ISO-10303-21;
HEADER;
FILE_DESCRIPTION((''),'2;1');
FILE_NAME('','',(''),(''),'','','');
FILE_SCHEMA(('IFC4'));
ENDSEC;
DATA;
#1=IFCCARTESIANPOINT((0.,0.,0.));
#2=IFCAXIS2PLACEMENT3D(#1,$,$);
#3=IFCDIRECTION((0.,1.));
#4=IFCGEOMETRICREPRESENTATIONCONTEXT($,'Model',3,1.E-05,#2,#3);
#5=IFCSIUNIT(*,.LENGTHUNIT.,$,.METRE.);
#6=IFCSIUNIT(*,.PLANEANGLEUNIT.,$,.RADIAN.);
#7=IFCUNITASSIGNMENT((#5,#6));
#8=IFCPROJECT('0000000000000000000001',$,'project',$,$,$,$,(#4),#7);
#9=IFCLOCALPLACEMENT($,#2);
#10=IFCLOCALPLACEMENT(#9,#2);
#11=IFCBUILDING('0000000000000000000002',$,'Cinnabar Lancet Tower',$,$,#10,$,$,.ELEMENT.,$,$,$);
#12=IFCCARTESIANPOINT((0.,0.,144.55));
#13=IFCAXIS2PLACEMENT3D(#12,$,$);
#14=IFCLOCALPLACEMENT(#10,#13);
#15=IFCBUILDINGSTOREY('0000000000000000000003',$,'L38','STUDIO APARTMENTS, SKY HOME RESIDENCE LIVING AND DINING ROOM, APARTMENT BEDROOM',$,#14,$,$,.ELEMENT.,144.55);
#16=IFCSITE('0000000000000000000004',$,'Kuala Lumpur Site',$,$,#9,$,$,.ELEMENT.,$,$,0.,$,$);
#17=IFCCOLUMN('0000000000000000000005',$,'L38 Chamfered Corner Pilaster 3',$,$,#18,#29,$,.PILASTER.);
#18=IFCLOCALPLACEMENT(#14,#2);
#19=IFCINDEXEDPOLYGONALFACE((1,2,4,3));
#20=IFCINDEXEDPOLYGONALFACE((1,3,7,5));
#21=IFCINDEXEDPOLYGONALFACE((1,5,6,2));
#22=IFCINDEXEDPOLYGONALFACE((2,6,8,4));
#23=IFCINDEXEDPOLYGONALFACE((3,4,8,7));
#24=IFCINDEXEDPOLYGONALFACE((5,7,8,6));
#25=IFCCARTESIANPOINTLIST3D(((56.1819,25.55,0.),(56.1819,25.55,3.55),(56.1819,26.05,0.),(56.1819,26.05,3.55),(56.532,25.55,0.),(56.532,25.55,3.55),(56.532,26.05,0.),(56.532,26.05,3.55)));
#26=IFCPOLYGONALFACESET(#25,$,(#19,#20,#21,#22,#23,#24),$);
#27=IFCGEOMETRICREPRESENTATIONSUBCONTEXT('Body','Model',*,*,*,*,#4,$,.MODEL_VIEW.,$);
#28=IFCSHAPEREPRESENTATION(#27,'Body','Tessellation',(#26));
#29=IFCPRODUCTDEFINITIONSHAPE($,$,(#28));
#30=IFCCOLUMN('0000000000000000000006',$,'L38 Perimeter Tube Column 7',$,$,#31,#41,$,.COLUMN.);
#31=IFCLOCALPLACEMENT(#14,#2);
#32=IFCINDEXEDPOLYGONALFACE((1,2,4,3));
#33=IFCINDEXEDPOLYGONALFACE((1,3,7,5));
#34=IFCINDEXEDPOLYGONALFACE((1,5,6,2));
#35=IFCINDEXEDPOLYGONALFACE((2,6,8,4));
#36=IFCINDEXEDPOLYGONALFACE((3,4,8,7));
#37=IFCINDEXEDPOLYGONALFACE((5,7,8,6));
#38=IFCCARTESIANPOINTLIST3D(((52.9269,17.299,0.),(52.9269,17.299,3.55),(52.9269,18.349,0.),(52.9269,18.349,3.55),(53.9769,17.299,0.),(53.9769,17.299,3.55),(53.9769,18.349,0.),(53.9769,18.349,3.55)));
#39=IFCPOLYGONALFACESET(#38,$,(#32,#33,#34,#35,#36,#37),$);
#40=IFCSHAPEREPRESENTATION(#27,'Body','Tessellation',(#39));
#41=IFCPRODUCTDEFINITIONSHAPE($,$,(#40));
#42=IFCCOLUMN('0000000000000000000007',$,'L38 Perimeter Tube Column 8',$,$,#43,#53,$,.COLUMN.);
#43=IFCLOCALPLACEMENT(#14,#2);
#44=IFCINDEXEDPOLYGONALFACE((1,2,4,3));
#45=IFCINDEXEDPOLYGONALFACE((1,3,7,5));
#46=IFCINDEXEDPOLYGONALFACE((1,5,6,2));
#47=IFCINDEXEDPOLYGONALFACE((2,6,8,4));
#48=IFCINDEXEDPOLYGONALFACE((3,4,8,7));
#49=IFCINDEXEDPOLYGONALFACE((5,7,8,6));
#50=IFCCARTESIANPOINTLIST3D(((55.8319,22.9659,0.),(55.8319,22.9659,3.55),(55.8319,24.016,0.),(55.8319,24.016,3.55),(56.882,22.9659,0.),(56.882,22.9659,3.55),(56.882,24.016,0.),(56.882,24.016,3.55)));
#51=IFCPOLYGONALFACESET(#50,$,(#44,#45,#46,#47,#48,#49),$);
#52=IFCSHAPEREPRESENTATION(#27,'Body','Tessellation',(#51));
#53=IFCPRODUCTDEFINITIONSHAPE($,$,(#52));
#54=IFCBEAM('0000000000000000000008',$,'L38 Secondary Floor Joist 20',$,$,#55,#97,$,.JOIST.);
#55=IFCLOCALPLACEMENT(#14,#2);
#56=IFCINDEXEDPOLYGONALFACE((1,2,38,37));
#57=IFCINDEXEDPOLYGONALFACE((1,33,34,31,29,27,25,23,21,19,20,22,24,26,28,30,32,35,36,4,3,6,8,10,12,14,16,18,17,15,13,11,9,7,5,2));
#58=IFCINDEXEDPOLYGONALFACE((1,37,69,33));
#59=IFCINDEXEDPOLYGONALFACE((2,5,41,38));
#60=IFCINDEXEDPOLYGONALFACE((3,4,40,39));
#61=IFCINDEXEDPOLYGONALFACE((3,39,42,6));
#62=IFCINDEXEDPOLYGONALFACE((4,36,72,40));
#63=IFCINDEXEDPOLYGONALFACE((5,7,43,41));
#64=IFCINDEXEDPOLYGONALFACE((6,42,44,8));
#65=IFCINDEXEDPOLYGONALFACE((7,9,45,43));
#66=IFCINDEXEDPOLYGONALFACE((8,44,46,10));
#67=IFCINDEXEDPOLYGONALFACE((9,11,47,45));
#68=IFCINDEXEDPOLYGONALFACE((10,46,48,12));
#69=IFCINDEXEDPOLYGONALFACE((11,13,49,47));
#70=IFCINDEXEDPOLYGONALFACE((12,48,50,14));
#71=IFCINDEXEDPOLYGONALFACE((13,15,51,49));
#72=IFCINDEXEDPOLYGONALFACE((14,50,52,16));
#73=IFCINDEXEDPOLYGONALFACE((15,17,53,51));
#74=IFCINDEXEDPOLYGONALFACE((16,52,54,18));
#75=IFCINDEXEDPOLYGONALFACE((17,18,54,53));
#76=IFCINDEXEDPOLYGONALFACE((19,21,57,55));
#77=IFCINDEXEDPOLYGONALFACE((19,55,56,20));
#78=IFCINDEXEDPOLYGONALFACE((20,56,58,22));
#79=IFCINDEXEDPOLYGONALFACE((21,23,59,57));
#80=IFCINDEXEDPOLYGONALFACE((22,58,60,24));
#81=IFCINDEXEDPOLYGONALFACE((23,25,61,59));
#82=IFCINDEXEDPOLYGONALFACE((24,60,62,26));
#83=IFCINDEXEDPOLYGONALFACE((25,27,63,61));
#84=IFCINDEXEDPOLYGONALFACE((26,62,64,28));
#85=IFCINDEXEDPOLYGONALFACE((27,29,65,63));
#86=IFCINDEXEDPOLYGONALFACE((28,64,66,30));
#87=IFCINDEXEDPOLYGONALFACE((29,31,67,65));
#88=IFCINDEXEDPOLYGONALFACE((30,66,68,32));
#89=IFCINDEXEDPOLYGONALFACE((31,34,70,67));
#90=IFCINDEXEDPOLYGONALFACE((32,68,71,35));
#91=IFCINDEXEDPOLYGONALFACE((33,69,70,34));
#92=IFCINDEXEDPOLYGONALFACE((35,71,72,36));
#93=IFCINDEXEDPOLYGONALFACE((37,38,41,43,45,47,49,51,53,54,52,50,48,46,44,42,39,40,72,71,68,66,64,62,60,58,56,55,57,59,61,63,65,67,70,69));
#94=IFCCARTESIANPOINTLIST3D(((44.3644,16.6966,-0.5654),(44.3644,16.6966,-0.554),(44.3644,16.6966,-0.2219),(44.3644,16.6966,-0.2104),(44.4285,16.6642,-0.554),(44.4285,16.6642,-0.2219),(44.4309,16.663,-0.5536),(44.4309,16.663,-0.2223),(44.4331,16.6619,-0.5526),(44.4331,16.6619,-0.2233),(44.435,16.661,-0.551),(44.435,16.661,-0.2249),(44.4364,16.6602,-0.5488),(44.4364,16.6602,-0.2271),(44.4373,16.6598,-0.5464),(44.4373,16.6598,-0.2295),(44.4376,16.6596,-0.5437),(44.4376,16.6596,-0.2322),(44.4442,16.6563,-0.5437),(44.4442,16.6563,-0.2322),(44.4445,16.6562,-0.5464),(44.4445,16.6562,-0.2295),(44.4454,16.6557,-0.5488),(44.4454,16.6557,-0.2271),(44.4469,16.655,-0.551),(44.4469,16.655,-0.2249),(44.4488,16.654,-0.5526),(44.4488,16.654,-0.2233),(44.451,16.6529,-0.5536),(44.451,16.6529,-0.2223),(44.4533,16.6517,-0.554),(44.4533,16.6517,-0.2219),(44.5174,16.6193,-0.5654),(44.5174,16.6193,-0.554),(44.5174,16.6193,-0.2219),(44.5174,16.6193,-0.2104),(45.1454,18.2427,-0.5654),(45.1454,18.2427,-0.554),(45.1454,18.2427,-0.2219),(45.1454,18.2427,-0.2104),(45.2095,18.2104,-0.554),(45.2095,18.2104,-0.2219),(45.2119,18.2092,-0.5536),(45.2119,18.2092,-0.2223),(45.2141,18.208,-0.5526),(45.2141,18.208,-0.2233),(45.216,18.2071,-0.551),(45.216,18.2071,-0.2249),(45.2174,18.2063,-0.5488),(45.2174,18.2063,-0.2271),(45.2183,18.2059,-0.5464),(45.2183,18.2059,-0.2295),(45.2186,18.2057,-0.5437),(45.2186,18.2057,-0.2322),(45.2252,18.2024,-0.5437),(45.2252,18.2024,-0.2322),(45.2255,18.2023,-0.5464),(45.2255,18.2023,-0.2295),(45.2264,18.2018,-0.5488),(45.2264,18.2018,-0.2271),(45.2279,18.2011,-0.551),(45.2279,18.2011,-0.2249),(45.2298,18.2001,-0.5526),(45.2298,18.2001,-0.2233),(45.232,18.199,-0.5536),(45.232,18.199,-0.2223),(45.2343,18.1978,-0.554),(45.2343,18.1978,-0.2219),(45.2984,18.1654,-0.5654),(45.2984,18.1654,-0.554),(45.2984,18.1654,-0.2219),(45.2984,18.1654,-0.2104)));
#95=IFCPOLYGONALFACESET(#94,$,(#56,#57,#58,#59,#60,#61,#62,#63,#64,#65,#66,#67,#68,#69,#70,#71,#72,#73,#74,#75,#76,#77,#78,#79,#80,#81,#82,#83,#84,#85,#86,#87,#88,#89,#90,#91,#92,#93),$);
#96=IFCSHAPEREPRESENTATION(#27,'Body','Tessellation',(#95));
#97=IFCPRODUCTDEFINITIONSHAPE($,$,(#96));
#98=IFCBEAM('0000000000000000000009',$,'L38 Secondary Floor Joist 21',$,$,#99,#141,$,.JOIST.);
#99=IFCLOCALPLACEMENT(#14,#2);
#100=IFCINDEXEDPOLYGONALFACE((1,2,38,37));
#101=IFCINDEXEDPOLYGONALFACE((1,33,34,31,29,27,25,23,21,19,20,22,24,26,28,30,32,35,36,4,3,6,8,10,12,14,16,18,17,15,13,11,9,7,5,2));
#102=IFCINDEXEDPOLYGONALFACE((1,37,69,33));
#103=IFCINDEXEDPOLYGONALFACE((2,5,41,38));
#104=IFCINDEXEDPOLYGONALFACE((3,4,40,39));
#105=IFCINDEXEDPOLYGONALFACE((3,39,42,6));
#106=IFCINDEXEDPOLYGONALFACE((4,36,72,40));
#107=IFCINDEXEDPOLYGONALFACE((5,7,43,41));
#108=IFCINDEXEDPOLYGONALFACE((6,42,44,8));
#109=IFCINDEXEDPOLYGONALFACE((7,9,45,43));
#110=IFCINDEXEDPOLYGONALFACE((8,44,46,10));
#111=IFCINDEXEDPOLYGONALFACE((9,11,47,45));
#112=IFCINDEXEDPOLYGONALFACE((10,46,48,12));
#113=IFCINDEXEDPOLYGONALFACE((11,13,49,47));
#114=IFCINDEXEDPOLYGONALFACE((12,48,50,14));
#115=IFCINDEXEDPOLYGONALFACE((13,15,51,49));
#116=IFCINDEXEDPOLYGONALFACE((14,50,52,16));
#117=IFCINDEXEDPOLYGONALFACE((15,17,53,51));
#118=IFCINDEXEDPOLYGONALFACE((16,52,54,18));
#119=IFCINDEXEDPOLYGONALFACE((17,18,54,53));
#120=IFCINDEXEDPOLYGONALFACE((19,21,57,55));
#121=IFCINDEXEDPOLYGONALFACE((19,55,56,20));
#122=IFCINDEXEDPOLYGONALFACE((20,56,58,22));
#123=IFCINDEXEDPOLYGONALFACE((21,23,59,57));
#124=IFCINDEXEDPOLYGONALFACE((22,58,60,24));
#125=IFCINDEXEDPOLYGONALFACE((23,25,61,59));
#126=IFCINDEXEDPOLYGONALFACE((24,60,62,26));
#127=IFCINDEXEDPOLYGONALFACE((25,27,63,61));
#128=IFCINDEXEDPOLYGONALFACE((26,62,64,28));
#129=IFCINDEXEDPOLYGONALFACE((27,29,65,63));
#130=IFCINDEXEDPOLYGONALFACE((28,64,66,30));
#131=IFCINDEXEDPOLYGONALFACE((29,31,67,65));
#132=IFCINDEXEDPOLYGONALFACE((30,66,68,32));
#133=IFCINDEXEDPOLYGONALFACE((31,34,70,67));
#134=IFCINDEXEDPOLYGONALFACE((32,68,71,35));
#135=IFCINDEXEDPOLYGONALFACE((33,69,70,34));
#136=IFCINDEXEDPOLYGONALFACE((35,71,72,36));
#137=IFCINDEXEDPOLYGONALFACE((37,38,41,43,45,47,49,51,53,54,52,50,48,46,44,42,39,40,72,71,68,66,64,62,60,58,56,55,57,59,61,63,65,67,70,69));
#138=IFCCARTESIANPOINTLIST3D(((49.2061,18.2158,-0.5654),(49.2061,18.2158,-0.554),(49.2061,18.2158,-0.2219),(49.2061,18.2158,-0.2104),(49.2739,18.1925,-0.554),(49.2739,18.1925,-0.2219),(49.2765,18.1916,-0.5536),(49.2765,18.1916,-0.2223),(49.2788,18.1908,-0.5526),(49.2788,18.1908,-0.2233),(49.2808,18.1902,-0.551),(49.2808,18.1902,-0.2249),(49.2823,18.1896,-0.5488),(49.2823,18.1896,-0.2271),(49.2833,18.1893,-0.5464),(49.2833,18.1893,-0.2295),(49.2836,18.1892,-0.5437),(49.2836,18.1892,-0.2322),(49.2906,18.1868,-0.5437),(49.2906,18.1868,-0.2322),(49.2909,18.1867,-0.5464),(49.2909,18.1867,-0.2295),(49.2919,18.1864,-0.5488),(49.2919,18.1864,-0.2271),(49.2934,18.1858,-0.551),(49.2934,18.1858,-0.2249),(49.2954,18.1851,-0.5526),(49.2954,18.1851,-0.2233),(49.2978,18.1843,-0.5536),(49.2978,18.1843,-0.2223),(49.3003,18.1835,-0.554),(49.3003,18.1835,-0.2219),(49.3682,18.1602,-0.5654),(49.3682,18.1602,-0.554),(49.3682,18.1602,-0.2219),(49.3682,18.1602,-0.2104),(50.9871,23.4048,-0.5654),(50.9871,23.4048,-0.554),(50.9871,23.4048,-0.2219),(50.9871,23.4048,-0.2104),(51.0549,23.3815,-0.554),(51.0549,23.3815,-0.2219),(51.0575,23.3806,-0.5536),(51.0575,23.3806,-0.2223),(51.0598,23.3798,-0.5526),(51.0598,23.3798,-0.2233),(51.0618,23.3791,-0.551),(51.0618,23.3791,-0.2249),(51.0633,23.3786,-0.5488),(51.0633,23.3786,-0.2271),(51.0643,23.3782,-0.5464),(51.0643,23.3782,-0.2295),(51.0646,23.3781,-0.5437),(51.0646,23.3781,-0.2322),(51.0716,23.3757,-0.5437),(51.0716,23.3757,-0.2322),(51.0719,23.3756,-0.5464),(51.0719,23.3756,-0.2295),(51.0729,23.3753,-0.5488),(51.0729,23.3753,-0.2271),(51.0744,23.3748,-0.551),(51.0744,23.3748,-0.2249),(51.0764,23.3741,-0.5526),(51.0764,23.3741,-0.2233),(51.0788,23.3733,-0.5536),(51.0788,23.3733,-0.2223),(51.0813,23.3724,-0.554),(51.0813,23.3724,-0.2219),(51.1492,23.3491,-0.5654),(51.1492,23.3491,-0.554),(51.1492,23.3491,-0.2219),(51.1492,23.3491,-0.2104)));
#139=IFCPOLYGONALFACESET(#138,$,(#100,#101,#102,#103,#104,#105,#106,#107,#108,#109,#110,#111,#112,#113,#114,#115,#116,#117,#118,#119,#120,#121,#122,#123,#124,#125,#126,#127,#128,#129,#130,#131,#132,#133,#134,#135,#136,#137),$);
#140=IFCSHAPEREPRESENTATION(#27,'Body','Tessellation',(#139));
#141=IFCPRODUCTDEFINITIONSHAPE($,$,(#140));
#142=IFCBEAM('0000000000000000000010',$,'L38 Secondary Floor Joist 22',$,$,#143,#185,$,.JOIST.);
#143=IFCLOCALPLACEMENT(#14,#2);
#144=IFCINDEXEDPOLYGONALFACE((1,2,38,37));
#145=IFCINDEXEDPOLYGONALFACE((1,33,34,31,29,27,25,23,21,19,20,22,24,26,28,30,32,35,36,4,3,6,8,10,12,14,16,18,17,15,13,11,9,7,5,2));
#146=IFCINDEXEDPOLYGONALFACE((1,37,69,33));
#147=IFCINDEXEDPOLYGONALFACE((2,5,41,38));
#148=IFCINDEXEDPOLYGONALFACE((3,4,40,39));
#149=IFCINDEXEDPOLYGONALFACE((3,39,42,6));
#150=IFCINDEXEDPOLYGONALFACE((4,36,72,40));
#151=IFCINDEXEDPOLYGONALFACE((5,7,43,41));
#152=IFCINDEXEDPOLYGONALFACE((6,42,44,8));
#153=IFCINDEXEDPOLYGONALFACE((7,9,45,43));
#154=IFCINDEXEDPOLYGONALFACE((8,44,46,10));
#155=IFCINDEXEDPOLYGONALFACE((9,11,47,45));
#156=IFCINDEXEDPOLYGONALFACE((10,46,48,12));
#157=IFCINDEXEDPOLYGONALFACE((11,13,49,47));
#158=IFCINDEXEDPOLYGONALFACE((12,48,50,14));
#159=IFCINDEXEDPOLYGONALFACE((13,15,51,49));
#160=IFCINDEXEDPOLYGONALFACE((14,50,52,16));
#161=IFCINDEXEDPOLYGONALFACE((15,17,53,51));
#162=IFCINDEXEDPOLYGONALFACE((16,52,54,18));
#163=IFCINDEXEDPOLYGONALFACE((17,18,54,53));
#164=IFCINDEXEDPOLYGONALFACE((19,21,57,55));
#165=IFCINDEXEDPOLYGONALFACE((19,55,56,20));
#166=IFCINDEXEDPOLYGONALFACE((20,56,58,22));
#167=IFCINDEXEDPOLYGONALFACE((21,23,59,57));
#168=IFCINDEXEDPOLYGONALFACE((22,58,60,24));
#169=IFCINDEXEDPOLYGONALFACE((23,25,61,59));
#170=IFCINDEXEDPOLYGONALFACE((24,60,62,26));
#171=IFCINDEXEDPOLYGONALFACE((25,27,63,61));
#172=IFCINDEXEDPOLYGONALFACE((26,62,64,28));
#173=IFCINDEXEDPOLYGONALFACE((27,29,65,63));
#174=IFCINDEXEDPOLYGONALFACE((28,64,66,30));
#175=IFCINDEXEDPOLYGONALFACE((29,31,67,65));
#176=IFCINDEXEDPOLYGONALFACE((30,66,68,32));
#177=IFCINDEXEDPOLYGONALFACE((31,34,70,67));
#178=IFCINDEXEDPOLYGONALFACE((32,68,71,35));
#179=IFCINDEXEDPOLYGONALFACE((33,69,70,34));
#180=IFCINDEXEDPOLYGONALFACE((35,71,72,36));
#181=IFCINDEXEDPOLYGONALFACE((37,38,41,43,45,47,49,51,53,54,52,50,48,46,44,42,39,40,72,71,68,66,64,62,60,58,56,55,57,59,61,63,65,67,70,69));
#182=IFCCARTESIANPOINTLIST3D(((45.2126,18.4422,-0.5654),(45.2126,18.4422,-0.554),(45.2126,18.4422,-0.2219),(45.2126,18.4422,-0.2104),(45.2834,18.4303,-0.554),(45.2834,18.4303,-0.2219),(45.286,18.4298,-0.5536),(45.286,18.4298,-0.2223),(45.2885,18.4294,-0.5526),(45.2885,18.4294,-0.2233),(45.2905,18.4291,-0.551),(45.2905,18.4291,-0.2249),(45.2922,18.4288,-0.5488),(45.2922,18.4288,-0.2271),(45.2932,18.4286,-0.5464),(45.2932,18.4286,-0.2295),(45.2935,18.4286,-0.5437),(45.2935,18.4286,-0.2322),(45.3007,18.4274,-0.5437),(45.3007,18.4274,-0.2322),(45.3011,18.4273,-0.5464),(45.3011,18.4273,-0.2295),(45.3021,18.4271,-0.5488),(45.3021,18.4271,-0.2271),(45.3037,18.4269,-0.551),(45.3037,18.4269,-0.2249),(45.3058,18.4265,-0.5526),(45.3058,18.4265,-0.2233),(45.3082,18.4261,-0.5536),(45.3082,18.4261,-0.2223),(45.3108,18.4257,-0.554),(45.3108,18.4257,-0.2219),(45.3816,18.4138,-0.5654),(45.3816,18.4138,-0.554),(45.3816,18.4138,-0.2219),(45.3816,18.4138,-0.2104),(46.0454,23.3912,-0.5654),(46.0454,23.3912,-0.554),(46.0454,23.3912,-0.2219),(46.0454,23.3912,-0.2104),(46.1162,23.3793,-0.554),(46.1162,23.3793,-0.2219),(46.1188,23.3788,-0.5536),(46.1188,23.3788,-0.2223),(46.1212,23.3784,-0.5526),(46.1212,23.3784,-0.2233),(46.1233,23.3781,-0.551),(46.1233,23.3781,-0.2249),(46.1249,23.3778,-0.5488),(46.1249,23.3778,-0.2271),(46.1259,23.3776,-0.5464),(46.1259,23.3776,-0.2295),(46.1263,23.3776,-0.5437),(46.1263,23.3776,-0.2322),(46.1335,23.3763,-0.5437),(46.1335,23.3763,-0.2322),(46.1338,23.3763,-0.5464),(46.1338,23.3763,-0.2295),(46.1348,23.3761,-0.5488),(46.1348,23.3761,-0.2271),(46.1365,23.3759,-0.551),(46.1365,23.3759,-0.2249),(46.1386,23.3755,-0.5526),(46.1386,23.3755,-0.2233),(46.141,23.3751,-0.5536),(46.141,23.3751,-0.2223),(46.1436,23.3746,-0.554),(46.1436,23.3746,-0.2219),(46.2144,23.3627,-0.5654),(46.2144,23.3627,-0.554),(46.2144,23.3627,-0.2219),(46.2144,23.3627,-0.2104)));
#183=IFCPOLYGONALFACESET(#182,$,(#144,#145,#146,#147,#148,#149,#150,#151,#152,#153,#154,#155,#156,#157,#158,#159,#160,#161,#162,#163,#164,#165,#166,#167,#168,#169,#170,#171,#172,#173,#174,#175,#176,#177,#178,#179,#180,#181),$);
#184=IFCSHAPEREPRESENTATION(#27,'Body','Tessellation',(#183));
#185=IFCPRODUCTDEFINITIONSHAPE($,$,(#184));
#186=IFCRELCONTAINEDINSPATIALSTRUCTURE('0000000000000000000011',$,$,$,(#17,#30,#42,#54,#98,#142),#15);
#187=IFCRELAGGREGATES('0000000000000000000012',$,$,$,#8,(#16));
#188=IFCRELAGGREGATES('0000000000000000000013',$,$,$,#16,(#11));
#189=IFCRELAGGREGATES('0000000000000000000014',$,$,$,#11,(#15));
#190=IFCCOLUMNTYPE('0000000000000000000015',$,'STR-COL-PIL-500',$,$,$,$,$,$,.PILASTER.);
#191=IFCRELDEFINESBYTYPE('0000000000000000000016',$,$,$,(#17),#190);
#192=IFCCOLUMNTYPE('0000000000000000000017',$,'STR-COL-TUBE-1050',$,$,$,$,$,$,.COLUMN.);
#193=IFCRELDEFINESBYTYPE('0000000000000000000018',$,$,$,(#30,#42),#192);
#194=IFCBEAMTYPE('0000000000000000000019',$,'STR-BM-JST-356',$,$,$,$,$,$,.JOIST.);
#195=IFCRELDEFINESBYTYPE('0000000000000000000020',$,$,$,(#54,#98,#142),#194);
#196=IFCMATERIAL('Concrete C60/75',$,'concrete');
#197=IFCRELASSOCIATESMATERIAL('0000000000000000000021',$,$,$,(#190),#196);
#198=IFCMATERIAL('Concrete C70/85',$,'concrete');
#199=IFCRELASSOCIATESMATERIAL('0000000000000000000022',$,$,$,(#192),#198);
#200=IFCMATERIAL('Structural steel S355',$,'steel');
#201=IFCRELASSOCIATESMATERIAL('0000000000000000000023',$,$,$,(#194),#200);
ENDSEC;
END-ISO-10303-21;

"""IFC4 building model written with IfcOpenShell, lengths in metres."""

from ifc_helpers import new_model, si_unit, direction, frame, origin, origin_2d, place, context, subcontext, project, spatial, rectangle, i_section, extrude, material, material_profile, profile_set, type_object, element, save


model = new_model("IFC4")

# Units and contexts
model_context = context("Model", 3, precision=1e-05, world=origin(), true_north=direction((0.0, 1.0)))
body_context = subcontext(model_context, "Body", "Model", "MODEL_VIEW")
ifc_project = project(units=[si_unit("LENGTHUNIT", "METRE"), si_unit("PLANEANGLEUNIT", "RADIAN")], contexts=[model_context])

# Site, building, storey
site_placement = place(None, origin())
site = spatial("IfcSite", under=ifc_project, at=site_placement, Name="Kuala Lumpur Site", CompositionType="ELEMENT", RefElevation=0.0)
building_placement = place(site_placement, origin())
building = spatial("IfcBuilding", under=site, at=building_placement, Name="Cinnabar Lancet Tower", CompositionType="ELEMENT")
storey_placement = place(building_placement, frame((0.0, 0.0, 144.55)))
storey = spatial("IfcBuildingStorey", under=building, at=storey_placement, Name="L38", Description="STUDIO APARTMENTS, SKY HOME RESIDENCE LIVING AND DINING ROOM, APARTMENT BEDROOM", CompositionType="ELEMENT", Elevation=144.55)

# Columns
ifc_material_1 = material(Name="Concrete C60/75", Category="concrete")
ifc_material_profile_1 = material_profile(ifc_material_1, rectangle(XDim=0.5, YDim=0.3501, at=origin_2d()), Name="RC-PIL 500x350")
ifc_profile_set_1 = profile_set([ifc_material_profile_1], Name="Concrete C60/75")
column_type_1 = type_object("IfcColumnType", Name="STR-COL-PIL-500", PredefinedType="PILASTER", material=ifc_profile_set_1)
column_placement = place(storey_placement, frame((56.3569, 25.8, 0.0), z_axis=(0.0, 0.0, 1.0), x_axis=(0.0, 1.0, 0.0)))
element("IfcColumn", 1, at=column_placement, inside=storey, type_object=column_type_1, Name="L38 Chamfered Corner Pilaster 3", PredefinedType="PILASTER", context=body_context, shape_type="SweptSolid", body=[
    extrude(rectangle(XDim=0.5, YDim=0.3501, at=origin_2d()), origin(), (0.0, 0.0, 1.0), 3.55),
])
ifc_material_2 = material(Name="Concrete C70/85", Category="concrete")
ifc_material_profile_2 = material_profile(ifc_material_2, rectangle(XDim=1.05, YDim=1.05, at=origin_2d()), Name="RC-COL 1050x1050")
ifc_profile_set_2 = profile_set([ifc_material_profile_2], Name="Concrete C70/85")
column_type_2 = type_object("IfcColumnType", Name="STR-COL-TUBE-1050", PredefinedType="COLUMN", material=ifc_profile_set_2)
for number, where, z_axis, x_axis, name in (
    (2, (53.4519, 17.824, 0.0), (0.0, 0.0, 1.0), (1.0, 0.0, 0.0), "L38 Perimeter Tube Column 7"),
    (3, (56.3569, 23.491, 0.0), (0.0, 0.0, 1.0), (1.0, 0.0, 0.0), "L38 Perimeter Tube Column 8"),
):
    element("IfcColumn", number, at=place(storey_placement, frame(where, z_axis=z_axis, x_axis=x_axis)), inside=storey, type_object=column_type_2, Name=name, PredefinedType="COLUMN", context=body_context, shape_type="SweptSolid", body=[
        extrude(rectangle(XDim=1.05, YDim=1.05, at=origin_2d()), origin(), (0.0, 0.0, 1.0), 3.55),
    ])

# Beams
ifc_material_3 = material(Name="Structural steel S355", Category="steel")
ifc_material_profile_3 = material_profile(ifc_material_3, i_section(OverallWidth=0.1714, OverallDepth=0.355, WebThickness=0.0073, FlangeThickness=0.0115, FilletRadius=0.0103, at=origin_2d()), Name="UKB 356x171x51")
ifc_profile_set_3 = profile_set([ifc_material_profile_3], Name="Structural steel S355")
beam_type_1 = type_object("IfcBeamType", Name="STR-BM-JST-356", PredefinedType="JOIST", material=ifc_profile_set_3)
beam_1_placement = place(storey_placement, frame((44.4409, 16.658, -0.3879), z_axis=(0.450874, 0.892587, 0.0), x_axis=(-0.892587, 0.450874, 0.0)))
element("IfcBeam", 4, at=beam_1_placement, inside=storey, type_object=beam_type_1, Name="L38 Secondary Floor Joist 20", PredefinedType="JOIST", context=body_context, shape_type="SweptSolid", body=[
    extrude(i_section(OverallWidth=0.1714, OverallDepth=0.355, WebThickness=0.0073, FlangeThickness=0.0115, FilletRadius=0.0103, at=origin_2d()), origin(), (0.0, 0.0, 1.0), 1.7322),
])
beam_2_placement = place(storey_placement, frame((49.2871, 18.188, -0.3879), z_axis=(0.324639, 0.945838, 0.0), x_axis=(-0.945838, 0.324639, 0.0)))
element("IfcBeam", 5, at=beam_2_placement, inside=storey, type_object=beam_type_1, Name="L38 Secondary Floor Joist 21", PredefinedType="JOIST", context=body_context, shape_type="SweptSolid", body=[
    extrude(i_section(OverallWidth=0.1714, OverallDepth=0.355, WebThickness=0.0073, FlangeThickness=0.0115, FilletRadius=0.0103, at=origin_2d()), origin(), (0.0, 0.0, 1.0), 5.4861),
])
beam_3_placement = place(storey_placement, frame((45.2971, 18.428, -0.3879), z_axis=(0.165937, 0.986136, 0.0), x_axis=(-0.986136, 0.165937, 0.0)))
element("IfcBeam", 6, at=beam_3_placement, inside=storey, type_object=beam_type_1, Name="L38 Secondary Floor Joist 22", PredefinedType="JOIST", context=body_context, shape_type="SweptSolid", body=[
    extrude(i_section(OverallWidth=0.1714, OverallDepth=0.355, WebThickness=0.0073, FlangeThickness=0.0115, FilletRadius=0.0103, at=origin_2d()), origin(), (0.0, 0.0, 1.0), 5.0186),
])

save(model, "model.ifc")
